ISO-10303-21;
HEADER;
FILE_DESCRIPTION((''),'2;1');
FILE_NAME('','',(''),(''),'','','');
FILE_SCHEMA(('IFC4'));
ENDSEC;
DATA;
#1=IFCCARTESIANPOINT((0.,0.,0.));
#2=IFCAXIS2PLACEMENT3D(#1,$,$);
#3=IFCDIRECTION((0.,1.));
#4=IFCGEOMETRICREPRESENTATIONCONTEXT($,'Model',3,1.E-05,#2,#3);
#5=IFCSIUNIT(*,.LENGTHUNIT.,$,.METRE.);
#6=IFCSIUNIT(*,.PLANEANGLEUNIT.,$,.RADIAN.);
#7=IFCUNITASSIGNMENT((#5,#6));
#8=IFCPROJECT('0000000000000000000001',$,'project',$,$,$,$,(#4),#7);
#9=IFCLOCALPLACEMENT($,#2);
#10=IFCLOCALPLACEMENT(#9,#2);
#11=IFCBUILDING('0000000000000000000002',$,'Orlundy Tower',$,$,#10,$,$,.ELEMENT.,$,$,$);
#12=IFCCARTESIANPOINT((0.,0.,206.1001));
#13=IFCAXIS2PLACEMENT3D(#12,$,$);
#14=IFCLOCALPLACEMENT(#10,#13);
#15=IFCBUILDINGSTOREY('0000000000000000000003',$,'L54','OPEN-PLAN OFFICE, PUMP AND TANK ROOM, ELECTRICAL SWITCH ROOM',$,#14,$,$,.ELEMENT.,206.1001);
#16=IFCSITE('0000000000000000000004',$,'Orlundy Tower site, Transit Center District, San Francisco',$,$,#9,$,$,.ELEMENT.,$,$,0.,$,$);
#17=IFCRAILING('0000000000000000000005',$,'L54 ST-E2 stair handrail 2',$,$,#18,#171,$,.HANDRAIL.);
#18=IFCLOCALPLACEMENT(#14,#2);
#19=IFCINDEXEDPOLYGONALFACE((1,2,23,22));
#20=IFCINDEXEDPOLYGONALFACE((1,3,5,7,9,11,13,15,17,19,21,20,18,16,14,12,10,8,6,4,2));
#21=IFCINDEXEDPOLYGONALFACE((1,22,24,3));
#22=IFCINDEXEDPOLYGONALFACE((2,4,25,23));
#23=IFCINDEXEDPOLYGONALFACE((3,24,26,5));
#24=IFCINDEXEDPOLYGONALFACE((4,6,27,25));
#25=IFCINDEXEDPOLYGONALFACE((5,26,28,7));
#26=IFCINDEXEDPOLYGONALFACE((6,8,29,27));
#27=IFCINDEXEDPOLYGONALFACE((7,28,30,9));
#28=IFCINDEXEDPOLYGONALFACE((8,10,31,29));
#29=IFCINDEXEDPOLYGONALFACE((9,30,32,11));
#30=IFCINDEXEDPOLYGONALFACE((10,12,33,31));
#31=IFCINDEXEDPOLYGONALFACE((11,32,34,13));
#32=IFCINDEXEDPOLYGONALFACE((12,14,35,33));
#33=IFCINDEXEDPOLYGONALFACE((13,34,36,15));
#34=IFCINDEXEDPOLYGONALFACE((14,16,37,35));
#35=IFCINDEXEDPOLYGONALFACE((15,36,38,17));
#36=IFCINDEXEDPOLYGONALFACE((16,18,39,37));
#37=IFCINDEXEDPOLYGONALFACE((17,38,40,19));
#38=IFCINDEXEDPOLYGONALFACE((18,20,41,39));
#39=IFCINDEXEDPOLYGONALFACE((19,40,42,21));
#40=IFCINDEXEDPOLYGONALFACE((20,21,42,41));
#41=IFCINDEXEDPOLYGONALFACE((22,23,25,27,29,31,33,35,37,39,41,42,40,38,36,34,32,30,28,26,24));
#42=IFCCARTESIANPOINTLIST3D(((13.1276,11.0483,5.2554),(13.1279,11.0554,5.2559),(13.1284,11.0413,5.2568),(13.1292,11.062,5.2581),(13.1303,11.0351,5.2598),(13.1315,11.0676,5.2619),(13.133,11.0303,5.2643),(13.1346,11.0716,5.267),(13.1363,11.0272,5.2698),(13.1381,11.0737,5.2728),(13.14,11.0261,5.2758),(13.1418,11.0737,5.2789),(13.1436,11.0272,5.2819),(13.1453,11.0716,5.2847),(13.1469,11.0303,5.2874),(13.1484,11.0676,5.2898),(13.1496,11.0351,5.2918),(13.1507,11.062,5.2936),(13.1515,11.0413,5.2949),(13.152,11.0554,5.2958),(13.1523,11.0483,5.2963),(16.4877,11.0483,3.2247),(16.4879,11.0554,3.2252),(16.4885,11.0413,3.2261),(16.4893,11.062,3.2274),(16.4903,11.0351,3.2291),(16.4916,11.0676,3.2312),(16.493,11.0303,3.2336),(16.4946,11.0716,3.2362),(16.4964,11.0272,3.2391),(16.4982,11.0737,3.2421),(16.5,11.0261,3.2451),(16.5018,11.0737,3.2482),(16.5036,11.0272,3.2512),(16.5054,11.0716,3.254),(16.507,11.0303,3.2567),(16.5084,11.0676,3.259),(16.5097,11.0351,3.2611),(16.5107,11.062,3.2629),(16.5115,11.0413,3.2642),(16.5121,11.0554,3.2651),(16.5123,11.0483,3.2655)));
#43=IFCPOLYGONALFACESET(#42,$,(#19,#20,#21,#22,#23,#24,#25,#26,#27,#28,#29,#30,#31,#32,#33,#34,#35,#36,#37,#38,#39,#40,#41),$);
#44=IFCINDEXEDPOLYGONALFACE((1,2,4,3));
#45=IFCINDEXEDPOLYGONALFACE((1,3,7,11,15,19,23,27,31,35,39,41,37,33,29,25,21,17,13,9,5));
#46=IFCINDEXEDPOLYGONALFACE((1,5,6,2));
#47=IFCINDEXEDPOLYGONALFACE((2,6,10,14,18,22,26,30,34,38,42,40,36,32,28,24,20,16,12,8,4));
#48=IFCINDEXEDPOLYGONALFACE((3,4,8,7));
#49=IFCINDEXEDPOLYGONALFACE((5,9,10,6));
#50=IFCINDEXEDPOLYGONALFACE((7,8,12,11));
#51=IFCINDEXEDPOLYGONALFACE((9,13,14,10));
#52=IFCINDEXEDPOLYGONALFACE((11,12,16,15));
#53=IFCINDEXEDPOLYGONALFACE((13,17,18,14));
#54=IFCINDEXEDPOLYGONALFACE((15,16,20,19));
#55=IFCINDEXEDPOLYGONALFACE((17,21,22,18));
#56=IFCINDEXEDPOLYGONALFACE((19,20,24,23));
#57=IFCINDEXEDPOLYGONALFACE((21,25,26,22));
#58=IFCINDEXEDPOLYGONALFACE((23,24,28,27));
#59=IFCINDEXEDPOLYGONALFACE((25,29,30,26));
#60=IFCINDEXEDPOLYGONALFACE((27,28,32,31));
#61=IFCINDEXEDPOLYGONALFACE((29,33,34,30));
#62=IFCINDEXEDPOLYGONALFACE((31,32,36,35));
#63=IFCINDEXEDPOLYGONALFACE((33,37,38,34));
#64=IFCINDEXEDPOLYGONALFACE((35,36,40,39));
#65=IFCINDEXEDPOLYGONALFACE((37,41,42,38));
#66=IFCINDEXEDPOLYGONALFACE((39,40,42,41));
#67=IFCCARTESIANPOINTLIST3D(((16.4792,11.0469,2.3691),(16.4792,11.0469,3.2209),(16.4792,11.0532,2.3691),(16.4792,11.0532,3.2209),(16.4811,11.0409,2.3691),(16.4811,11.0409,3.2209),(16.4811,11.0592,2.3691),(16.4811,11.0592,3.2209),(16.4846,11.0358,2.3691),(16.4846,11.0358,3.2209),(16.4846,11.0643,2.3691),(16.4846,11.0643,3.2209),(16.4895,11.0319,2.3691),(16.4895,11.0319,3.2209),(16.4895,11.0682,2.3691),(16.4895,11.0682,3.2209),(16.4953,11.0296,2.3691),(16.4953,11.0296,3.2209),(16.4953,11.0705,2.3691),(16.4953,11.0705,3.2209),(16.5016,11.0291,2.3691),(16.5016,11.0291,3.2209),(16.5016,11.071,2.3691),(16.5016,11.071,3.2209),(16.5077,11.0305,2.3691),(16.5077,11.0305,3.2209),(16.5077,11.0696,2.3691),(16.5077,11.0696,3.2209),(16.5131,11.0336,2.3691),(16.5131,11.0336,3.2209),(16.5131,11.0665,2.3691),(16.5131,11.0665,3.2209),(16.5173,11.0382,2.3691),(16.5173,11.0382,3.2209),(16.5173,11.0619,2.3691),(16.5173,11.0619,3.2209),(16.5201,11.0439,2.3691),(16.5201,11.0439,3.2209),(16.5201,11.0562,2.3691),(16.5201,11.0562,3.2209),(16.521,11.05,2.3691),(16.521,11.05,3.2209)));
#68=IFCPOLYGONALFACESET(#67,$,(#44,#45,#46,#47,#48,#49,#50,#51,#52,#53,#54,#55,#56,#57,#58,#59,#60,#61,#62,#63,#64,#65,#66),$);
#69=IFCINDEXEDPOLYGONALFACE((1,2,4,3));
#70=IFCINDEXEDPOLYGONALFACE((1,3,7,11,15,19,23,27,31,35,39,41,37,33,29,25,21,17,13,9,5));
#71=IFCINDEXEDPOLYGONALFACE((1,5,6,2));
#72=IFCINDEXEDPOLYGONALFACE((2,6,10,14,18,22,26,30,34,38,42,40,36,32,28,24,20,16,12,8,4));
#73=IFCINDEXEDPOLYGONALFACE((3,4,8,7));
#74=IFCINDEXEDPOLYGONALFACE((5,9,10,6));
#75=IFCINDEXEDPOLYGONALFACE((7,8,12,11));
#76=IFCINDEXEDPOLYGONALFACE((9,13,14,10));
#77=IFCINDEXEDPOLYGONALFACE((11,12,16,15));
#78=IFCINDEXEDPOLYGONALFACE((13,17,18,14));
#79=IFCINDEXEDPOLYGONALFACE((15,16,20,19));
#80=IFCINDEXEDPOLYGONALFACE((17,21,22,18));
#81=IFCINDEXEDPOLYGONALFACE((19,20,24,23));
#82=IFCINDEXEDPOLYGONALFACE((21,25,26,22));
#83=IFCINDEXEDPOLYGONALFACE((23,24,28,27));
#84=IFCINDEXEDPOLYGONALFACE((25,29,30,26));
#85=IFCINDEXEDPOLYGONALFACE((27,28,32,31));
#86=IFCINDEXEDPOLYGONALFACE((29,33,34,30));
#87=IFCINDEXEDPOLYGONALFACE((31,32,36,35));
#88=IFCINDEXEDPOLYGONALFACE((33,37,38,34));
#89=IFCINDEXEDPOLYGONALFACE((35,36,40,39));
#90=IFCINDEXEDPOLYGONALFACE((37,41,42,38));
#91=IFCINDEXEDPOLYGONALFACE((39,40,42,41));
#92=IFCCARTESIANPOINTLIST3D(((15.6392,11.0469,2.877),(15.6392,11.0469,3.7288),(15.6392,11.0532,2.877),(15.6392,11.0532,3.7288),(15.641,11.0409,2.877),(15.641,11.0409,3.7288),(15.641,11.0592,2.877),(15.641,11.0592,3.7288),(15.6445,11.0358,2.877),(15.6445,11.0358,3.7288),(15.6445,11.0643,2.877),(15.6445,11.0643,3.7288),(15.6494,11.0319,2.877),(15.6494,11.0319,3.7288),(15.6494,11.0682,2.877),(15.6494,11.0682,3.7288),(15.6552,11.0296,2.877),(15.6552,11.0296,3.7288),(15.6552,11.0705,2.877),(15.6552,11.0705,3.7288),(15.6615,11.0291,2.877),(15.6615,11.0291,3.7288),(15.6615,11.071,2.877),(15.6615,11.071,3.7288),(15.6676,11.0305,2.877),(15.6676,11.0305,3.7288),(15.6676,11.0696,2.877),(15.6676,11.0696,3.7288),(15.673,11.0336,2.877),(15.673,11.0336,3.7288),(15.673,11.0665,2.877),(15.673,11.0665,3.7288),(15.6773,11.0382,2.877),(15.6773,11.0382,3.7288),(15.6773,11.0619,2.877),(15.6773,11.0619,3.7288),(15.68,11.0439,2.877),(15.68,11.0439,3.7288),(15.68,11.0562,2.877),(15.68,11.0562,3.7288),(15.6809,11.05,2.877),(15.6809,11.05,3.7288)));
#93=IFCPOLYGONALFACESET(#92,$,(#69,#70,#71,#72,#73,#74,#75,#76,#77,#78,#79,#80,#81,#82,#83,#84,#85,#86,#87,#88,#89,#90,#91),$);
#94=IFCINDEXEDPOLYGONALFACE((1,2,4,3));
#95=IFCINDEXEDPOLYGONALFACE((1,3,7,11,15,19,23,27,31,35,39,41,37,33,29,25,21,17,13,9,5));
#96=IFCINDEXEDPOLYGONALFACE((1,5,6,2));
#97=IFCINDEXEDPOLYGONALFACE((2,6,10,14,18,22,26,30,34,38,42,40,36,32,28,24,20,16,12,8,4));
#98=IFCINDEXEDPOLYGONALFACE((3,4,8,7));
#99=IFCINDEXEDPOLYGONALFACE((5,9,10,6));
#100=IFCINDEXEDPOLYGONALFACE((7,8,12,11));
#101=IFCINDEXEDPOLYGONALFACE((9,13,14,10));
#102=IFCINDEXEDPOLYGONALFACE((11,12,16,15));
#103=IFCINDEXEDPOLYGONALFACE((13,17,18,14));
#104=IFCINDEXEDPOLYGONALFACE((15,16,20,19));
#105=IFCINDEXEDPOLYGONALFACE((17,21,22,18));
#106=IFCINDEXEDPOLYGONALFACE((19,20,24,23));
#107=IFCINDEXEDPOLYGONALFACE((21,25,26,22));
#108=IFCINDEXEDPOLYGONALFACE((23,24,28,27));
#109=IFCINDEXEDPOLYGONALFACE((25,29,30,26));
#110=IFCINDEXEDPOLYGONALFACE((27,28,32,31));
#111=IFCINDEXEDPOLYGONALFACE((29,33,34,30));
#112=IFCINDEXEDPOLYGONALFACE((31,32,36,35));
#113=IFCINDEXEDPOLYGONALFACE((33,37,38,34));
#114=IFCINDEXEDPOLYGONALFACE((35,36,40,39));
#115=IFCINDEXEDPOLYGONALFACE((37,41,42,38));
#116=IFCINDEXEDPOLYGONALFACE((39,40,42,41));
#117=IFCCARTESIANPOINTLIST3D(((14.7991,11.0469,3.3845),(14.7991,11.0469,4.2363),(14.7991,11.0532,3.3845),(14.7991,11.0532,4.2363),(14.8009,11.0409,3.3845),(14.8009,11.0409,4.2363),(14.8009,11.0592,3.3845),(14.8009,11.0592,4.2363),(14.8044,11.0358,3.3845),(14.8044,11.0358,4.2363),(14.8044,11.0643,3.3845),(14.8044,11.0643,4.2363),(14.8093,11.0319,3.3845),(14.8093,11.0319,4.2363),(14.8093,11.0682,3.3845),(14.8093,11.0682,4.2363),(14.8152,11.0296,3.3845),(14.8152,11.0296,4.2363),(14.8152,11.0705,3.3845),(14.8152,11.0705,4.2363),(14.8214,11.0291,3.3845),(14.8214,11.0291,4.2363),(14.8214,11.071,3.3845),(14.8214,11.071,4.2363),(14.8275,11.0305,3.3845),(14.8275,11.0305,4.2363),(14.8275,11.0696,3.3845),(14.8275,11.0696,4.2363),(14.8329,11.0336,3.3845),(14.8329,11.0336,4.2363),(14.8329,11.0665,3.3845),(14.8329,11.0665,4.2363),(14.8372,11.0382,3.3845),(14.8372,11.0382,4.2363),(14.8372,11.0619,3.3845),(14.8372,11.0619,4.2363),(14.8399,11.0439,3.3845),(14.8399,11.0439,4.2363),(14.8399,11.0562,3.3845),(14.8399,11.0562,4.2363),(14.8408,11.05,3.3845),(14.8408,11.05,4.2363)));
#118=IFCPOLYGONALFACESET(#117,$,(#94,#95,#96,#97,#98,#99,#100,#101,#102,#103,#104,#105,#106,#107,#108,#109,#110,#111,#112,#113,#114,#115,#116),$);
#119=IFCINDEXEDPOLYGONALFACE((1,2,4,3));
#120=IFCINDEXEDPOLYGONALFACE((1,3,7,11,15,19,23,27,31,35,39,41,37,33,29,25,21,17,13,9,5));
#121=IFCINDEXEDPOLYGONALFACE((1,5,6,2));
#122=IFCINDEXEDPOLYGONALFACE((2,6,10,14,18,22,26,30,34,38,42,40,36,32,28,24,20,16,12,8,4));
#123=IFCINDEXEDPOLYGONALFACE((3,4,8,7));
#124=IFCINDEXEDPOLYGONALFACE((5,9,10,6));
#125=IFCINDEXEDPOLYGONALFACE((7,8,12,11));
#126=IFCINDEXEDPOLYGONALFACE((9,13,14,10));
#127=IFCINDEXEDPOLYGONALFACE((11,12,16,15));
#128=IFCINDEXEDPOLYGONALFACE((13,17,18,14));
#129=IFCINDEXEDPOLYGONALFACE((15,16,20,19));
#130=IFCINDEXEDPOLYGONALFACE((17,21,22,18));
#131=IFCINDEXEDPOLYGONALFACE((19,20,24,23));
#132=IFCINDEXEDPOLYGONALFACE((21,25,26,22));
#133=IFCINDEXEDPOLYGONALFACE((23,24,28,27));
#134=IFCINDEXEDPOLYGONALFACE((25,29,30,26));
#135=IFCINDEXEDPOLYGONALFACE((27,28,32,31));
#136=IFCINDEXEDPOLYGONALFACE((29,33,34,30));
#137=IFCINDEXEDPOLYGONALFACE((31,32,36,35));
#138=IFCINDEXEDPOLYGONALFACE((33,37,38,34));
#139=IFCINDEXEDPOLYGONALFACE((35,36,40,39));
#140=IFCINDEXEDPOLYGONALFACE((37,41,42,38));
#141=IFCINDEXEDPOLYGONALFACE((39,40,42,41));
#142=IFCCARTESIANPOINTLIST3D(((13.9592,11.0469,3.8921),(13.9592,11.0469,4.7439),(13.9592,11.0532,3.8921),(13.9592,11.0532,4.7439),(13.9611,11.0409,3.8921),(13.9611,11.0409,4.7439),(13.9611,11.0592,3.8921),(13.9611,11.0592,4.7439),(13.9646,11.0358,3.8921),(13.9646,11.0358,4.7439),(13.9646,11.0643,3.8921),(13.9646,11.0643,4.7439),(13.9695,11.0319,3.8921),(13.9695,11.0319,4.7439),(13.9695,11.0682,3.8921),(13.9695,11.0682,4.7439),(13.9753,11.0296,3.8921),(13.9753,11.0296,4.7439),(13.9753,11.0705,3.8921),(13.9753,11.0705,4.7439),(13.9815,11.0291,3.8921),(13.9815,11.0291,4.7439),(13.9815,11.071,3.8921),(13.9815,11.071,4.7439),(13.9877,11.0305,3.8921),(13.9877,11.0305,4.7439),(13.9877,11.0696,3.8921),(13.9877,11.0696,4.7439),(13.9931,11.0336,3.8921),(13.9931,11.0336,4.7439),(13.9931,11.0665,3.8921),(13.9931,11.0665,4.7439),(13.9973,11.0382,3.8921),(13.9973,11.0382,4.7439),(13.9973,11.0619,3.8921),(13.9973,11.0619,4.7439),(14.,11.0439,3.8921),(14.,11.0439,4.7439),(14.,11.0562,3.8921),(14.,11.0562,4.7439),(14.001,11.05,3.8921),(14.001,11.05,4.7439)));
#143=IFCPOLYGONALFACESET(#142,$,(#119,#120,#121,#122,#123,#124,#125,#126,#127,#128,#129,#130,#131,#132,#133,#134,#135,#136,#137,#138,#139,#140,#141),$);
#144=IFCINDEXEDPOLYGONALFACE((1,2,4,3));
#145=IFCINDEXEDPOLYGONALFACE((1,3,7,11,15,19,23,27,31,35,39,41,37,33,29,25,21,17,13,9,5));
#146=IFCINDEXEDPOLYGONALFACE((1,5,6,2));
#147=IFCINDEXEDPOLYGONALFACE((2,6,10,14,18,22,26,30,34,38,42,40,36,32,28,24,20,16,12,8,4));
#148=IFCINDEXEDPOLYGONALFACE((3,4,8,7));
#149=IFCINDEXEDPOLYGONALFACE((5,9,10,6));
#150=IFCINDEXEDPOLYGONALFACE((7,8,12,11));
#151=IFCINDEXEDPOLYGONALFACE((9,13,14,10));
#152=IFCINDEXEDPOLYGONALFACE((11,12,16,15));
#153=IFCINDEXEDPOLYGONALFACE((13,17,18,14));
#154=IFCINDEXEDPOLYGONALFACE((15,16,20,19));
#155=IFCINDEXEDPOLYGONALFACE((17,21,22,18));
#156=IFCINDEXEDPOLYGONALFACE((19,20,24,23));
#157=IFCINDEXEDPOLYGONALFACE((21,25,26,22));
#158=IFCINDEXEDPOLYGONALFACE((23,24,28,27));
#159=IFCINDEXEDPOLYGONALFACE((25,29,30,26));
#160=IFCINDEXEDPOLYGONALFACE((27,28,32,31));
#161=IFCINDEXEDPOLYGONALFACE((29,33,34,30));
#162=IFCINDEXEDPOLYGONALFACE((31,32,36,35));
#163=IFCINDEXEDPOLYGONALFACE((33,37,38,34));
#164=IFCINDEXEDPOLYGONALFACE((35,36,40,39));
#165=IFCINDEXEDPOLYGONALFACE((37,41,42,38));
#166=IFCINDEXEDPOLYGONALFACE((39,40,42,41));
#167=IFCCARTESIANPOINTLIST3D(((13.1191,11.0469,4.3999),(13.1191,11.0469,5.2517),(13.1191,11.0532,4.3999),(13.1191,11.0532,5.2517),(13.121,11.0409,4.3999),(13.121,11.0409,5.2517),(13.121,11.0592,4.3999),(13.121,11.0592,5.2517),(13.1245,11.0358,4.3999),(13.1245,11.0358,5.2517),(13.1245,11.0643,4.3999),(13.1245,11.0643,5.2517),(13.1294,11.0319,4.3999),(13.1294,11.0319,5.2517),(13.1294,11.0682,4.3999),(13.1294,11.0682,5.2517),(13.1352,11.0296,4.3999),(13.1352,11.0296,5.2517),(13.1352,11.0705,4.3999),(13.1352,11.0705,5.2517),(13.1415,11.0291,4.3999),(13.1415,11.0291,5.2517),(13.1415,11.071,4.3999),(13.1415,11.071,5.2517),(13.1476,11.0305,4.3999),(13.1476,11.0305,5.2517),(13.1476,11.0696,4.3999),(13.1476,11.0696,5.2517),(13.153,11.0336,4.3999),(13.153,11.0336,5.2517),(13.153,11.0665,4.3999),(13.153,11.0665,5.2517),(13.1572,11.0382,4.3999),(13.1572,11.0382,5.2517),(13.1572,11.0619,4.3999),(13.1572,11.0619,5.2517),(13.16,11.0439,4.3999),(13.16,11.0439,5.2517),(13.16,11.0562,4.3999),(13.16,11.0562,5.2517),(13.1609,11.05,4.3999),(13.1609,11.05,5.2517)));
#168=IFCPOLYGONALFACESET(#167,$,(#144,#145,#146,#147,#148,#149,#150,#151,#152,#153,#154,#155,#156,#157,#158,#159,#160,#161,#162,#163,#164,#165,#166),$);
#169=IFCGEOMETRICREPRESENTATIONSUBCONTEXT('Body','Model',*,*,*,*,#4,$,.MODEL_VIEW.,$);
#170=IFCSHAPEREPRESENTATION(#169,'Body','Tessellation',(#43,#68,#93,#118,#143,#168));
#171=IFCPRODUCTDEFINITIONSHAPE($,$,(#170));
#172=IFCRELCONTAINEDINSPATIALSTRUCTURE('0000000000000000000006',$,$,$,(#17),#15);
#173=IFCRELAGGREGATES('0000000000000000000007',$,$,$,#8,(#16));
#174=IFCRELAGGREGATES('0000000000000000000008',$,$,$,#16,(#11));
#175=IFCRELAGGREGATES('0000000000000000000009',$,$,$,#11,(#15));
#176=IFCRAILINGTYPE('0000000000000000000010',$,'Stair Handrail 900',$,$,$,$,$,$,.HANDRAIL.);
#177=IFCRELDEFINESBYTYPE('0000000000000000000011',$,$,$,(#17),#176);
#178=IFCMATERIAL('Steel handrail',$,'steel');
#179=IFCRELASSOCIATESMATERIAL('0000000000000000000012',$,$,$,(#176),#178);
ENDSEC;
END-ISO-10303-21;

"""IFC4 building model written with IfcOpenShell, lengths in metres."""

from ifc_helpers import new_model, si_unit, direction, frame, origin, origin_2d, place, context, subcontext, project, spatial, circle, extrude, material, type_object, element, save


model = new_model("IFC4")

# Units and contexts
model_context = context("Model", 3, precision=1e-05, world=origin(), true_north=direction((0.0, 1.0)))
body_context = subcontext(model_context, "Body", "Model", "MODEL_VIEW")
ifc_project = project(units=[si_unit("LENGTHUNIT", "METRE"), si_unit("PLANEANGLEUNIT", "RADIAN")], contexts=[model_context])

# Site, building, storey
site_placement = place(None, origin())
site = spatial("IfcSite", under=ifc_project, at=site_placement, Name="Orlundy Tower site, Transit Center District, San Francisco", CompositionType="ELEMENT", RefElevation=0.0)
building_placement = place(site_placement, origin())
building = spatial("IfcBuilding", under=site, at=building_placement, Name="Orlundy Tower", CompositionType="ELEMENT")
storey_placement = place(building_placement, frame((0.0, 0.0, 206.1001)))
storey = spatial("IfcBuildingStorey", under=building, at=storey_placement, Name="L54", Description="OPEN-PLAN OFFICE, PUMP AND TANK ROOM, ELECTRICAL SWITCH ROOM", CompositionType="ELEMENT", Elevation=206.1001)

# Railing
ifc_material_1 = material(Name="Steel handrail", Category="steel")
railing_type = type_object("IfcRailingType", Name="Stair Handrail 900", PredefinedType="HANDRAIL", material=ifc_material_1)
railing_placement = place(storey_placement, frame((16.5, 11.05, 2.3691)))
element("IfcRailing", 1, at=railing_placement, inside=storey, type_object=railing_type, Name="L54 ST-E2 stair handrail 2", PredefinedType="HANDRAIL", context=body_context, shape_type="SweptSolid", body=[
    extrude(circle(Radius=0.0239, at=origin_2d()), frame((0.0, 0.0, 0.876), z_axis=(-0.855837, 0.0, 0.517246), x_axis=(0.0, -1.0, 0.0)), (0.0, 0.0, 1.0), 3.926),
    extrude(circle(Radius=0.021, at=origin_2d()), origin(), (0.0, 0.0, 1.0), 0.8518),
    extrude(circle(Radius=0.021, at=origin_2d()), frame((-0.8401, 0.0, 0.5078)), (0.0, 0.0, 1.0), 0.8518),
    extrude(circle(Radius=0.021, at=origin_2d()), frame((-1.6802, 0.0, 1.0154)), (0.0, 0.0, 1.0), 0.8518),
    extrude(circle(Radius=0.021, at=origin_2d()), frame((-2.52, 0.0, 1.5229)), (0.0, 0.0, 1.0), 0.8518),
    extrude(circle(Radius=0.021, at=origin_2d()), frame((-3.3601, 0.0, 2.0308)), (0.0, 0.0, 1.0), 0.8518),
])

save(model, "model.ifc")
